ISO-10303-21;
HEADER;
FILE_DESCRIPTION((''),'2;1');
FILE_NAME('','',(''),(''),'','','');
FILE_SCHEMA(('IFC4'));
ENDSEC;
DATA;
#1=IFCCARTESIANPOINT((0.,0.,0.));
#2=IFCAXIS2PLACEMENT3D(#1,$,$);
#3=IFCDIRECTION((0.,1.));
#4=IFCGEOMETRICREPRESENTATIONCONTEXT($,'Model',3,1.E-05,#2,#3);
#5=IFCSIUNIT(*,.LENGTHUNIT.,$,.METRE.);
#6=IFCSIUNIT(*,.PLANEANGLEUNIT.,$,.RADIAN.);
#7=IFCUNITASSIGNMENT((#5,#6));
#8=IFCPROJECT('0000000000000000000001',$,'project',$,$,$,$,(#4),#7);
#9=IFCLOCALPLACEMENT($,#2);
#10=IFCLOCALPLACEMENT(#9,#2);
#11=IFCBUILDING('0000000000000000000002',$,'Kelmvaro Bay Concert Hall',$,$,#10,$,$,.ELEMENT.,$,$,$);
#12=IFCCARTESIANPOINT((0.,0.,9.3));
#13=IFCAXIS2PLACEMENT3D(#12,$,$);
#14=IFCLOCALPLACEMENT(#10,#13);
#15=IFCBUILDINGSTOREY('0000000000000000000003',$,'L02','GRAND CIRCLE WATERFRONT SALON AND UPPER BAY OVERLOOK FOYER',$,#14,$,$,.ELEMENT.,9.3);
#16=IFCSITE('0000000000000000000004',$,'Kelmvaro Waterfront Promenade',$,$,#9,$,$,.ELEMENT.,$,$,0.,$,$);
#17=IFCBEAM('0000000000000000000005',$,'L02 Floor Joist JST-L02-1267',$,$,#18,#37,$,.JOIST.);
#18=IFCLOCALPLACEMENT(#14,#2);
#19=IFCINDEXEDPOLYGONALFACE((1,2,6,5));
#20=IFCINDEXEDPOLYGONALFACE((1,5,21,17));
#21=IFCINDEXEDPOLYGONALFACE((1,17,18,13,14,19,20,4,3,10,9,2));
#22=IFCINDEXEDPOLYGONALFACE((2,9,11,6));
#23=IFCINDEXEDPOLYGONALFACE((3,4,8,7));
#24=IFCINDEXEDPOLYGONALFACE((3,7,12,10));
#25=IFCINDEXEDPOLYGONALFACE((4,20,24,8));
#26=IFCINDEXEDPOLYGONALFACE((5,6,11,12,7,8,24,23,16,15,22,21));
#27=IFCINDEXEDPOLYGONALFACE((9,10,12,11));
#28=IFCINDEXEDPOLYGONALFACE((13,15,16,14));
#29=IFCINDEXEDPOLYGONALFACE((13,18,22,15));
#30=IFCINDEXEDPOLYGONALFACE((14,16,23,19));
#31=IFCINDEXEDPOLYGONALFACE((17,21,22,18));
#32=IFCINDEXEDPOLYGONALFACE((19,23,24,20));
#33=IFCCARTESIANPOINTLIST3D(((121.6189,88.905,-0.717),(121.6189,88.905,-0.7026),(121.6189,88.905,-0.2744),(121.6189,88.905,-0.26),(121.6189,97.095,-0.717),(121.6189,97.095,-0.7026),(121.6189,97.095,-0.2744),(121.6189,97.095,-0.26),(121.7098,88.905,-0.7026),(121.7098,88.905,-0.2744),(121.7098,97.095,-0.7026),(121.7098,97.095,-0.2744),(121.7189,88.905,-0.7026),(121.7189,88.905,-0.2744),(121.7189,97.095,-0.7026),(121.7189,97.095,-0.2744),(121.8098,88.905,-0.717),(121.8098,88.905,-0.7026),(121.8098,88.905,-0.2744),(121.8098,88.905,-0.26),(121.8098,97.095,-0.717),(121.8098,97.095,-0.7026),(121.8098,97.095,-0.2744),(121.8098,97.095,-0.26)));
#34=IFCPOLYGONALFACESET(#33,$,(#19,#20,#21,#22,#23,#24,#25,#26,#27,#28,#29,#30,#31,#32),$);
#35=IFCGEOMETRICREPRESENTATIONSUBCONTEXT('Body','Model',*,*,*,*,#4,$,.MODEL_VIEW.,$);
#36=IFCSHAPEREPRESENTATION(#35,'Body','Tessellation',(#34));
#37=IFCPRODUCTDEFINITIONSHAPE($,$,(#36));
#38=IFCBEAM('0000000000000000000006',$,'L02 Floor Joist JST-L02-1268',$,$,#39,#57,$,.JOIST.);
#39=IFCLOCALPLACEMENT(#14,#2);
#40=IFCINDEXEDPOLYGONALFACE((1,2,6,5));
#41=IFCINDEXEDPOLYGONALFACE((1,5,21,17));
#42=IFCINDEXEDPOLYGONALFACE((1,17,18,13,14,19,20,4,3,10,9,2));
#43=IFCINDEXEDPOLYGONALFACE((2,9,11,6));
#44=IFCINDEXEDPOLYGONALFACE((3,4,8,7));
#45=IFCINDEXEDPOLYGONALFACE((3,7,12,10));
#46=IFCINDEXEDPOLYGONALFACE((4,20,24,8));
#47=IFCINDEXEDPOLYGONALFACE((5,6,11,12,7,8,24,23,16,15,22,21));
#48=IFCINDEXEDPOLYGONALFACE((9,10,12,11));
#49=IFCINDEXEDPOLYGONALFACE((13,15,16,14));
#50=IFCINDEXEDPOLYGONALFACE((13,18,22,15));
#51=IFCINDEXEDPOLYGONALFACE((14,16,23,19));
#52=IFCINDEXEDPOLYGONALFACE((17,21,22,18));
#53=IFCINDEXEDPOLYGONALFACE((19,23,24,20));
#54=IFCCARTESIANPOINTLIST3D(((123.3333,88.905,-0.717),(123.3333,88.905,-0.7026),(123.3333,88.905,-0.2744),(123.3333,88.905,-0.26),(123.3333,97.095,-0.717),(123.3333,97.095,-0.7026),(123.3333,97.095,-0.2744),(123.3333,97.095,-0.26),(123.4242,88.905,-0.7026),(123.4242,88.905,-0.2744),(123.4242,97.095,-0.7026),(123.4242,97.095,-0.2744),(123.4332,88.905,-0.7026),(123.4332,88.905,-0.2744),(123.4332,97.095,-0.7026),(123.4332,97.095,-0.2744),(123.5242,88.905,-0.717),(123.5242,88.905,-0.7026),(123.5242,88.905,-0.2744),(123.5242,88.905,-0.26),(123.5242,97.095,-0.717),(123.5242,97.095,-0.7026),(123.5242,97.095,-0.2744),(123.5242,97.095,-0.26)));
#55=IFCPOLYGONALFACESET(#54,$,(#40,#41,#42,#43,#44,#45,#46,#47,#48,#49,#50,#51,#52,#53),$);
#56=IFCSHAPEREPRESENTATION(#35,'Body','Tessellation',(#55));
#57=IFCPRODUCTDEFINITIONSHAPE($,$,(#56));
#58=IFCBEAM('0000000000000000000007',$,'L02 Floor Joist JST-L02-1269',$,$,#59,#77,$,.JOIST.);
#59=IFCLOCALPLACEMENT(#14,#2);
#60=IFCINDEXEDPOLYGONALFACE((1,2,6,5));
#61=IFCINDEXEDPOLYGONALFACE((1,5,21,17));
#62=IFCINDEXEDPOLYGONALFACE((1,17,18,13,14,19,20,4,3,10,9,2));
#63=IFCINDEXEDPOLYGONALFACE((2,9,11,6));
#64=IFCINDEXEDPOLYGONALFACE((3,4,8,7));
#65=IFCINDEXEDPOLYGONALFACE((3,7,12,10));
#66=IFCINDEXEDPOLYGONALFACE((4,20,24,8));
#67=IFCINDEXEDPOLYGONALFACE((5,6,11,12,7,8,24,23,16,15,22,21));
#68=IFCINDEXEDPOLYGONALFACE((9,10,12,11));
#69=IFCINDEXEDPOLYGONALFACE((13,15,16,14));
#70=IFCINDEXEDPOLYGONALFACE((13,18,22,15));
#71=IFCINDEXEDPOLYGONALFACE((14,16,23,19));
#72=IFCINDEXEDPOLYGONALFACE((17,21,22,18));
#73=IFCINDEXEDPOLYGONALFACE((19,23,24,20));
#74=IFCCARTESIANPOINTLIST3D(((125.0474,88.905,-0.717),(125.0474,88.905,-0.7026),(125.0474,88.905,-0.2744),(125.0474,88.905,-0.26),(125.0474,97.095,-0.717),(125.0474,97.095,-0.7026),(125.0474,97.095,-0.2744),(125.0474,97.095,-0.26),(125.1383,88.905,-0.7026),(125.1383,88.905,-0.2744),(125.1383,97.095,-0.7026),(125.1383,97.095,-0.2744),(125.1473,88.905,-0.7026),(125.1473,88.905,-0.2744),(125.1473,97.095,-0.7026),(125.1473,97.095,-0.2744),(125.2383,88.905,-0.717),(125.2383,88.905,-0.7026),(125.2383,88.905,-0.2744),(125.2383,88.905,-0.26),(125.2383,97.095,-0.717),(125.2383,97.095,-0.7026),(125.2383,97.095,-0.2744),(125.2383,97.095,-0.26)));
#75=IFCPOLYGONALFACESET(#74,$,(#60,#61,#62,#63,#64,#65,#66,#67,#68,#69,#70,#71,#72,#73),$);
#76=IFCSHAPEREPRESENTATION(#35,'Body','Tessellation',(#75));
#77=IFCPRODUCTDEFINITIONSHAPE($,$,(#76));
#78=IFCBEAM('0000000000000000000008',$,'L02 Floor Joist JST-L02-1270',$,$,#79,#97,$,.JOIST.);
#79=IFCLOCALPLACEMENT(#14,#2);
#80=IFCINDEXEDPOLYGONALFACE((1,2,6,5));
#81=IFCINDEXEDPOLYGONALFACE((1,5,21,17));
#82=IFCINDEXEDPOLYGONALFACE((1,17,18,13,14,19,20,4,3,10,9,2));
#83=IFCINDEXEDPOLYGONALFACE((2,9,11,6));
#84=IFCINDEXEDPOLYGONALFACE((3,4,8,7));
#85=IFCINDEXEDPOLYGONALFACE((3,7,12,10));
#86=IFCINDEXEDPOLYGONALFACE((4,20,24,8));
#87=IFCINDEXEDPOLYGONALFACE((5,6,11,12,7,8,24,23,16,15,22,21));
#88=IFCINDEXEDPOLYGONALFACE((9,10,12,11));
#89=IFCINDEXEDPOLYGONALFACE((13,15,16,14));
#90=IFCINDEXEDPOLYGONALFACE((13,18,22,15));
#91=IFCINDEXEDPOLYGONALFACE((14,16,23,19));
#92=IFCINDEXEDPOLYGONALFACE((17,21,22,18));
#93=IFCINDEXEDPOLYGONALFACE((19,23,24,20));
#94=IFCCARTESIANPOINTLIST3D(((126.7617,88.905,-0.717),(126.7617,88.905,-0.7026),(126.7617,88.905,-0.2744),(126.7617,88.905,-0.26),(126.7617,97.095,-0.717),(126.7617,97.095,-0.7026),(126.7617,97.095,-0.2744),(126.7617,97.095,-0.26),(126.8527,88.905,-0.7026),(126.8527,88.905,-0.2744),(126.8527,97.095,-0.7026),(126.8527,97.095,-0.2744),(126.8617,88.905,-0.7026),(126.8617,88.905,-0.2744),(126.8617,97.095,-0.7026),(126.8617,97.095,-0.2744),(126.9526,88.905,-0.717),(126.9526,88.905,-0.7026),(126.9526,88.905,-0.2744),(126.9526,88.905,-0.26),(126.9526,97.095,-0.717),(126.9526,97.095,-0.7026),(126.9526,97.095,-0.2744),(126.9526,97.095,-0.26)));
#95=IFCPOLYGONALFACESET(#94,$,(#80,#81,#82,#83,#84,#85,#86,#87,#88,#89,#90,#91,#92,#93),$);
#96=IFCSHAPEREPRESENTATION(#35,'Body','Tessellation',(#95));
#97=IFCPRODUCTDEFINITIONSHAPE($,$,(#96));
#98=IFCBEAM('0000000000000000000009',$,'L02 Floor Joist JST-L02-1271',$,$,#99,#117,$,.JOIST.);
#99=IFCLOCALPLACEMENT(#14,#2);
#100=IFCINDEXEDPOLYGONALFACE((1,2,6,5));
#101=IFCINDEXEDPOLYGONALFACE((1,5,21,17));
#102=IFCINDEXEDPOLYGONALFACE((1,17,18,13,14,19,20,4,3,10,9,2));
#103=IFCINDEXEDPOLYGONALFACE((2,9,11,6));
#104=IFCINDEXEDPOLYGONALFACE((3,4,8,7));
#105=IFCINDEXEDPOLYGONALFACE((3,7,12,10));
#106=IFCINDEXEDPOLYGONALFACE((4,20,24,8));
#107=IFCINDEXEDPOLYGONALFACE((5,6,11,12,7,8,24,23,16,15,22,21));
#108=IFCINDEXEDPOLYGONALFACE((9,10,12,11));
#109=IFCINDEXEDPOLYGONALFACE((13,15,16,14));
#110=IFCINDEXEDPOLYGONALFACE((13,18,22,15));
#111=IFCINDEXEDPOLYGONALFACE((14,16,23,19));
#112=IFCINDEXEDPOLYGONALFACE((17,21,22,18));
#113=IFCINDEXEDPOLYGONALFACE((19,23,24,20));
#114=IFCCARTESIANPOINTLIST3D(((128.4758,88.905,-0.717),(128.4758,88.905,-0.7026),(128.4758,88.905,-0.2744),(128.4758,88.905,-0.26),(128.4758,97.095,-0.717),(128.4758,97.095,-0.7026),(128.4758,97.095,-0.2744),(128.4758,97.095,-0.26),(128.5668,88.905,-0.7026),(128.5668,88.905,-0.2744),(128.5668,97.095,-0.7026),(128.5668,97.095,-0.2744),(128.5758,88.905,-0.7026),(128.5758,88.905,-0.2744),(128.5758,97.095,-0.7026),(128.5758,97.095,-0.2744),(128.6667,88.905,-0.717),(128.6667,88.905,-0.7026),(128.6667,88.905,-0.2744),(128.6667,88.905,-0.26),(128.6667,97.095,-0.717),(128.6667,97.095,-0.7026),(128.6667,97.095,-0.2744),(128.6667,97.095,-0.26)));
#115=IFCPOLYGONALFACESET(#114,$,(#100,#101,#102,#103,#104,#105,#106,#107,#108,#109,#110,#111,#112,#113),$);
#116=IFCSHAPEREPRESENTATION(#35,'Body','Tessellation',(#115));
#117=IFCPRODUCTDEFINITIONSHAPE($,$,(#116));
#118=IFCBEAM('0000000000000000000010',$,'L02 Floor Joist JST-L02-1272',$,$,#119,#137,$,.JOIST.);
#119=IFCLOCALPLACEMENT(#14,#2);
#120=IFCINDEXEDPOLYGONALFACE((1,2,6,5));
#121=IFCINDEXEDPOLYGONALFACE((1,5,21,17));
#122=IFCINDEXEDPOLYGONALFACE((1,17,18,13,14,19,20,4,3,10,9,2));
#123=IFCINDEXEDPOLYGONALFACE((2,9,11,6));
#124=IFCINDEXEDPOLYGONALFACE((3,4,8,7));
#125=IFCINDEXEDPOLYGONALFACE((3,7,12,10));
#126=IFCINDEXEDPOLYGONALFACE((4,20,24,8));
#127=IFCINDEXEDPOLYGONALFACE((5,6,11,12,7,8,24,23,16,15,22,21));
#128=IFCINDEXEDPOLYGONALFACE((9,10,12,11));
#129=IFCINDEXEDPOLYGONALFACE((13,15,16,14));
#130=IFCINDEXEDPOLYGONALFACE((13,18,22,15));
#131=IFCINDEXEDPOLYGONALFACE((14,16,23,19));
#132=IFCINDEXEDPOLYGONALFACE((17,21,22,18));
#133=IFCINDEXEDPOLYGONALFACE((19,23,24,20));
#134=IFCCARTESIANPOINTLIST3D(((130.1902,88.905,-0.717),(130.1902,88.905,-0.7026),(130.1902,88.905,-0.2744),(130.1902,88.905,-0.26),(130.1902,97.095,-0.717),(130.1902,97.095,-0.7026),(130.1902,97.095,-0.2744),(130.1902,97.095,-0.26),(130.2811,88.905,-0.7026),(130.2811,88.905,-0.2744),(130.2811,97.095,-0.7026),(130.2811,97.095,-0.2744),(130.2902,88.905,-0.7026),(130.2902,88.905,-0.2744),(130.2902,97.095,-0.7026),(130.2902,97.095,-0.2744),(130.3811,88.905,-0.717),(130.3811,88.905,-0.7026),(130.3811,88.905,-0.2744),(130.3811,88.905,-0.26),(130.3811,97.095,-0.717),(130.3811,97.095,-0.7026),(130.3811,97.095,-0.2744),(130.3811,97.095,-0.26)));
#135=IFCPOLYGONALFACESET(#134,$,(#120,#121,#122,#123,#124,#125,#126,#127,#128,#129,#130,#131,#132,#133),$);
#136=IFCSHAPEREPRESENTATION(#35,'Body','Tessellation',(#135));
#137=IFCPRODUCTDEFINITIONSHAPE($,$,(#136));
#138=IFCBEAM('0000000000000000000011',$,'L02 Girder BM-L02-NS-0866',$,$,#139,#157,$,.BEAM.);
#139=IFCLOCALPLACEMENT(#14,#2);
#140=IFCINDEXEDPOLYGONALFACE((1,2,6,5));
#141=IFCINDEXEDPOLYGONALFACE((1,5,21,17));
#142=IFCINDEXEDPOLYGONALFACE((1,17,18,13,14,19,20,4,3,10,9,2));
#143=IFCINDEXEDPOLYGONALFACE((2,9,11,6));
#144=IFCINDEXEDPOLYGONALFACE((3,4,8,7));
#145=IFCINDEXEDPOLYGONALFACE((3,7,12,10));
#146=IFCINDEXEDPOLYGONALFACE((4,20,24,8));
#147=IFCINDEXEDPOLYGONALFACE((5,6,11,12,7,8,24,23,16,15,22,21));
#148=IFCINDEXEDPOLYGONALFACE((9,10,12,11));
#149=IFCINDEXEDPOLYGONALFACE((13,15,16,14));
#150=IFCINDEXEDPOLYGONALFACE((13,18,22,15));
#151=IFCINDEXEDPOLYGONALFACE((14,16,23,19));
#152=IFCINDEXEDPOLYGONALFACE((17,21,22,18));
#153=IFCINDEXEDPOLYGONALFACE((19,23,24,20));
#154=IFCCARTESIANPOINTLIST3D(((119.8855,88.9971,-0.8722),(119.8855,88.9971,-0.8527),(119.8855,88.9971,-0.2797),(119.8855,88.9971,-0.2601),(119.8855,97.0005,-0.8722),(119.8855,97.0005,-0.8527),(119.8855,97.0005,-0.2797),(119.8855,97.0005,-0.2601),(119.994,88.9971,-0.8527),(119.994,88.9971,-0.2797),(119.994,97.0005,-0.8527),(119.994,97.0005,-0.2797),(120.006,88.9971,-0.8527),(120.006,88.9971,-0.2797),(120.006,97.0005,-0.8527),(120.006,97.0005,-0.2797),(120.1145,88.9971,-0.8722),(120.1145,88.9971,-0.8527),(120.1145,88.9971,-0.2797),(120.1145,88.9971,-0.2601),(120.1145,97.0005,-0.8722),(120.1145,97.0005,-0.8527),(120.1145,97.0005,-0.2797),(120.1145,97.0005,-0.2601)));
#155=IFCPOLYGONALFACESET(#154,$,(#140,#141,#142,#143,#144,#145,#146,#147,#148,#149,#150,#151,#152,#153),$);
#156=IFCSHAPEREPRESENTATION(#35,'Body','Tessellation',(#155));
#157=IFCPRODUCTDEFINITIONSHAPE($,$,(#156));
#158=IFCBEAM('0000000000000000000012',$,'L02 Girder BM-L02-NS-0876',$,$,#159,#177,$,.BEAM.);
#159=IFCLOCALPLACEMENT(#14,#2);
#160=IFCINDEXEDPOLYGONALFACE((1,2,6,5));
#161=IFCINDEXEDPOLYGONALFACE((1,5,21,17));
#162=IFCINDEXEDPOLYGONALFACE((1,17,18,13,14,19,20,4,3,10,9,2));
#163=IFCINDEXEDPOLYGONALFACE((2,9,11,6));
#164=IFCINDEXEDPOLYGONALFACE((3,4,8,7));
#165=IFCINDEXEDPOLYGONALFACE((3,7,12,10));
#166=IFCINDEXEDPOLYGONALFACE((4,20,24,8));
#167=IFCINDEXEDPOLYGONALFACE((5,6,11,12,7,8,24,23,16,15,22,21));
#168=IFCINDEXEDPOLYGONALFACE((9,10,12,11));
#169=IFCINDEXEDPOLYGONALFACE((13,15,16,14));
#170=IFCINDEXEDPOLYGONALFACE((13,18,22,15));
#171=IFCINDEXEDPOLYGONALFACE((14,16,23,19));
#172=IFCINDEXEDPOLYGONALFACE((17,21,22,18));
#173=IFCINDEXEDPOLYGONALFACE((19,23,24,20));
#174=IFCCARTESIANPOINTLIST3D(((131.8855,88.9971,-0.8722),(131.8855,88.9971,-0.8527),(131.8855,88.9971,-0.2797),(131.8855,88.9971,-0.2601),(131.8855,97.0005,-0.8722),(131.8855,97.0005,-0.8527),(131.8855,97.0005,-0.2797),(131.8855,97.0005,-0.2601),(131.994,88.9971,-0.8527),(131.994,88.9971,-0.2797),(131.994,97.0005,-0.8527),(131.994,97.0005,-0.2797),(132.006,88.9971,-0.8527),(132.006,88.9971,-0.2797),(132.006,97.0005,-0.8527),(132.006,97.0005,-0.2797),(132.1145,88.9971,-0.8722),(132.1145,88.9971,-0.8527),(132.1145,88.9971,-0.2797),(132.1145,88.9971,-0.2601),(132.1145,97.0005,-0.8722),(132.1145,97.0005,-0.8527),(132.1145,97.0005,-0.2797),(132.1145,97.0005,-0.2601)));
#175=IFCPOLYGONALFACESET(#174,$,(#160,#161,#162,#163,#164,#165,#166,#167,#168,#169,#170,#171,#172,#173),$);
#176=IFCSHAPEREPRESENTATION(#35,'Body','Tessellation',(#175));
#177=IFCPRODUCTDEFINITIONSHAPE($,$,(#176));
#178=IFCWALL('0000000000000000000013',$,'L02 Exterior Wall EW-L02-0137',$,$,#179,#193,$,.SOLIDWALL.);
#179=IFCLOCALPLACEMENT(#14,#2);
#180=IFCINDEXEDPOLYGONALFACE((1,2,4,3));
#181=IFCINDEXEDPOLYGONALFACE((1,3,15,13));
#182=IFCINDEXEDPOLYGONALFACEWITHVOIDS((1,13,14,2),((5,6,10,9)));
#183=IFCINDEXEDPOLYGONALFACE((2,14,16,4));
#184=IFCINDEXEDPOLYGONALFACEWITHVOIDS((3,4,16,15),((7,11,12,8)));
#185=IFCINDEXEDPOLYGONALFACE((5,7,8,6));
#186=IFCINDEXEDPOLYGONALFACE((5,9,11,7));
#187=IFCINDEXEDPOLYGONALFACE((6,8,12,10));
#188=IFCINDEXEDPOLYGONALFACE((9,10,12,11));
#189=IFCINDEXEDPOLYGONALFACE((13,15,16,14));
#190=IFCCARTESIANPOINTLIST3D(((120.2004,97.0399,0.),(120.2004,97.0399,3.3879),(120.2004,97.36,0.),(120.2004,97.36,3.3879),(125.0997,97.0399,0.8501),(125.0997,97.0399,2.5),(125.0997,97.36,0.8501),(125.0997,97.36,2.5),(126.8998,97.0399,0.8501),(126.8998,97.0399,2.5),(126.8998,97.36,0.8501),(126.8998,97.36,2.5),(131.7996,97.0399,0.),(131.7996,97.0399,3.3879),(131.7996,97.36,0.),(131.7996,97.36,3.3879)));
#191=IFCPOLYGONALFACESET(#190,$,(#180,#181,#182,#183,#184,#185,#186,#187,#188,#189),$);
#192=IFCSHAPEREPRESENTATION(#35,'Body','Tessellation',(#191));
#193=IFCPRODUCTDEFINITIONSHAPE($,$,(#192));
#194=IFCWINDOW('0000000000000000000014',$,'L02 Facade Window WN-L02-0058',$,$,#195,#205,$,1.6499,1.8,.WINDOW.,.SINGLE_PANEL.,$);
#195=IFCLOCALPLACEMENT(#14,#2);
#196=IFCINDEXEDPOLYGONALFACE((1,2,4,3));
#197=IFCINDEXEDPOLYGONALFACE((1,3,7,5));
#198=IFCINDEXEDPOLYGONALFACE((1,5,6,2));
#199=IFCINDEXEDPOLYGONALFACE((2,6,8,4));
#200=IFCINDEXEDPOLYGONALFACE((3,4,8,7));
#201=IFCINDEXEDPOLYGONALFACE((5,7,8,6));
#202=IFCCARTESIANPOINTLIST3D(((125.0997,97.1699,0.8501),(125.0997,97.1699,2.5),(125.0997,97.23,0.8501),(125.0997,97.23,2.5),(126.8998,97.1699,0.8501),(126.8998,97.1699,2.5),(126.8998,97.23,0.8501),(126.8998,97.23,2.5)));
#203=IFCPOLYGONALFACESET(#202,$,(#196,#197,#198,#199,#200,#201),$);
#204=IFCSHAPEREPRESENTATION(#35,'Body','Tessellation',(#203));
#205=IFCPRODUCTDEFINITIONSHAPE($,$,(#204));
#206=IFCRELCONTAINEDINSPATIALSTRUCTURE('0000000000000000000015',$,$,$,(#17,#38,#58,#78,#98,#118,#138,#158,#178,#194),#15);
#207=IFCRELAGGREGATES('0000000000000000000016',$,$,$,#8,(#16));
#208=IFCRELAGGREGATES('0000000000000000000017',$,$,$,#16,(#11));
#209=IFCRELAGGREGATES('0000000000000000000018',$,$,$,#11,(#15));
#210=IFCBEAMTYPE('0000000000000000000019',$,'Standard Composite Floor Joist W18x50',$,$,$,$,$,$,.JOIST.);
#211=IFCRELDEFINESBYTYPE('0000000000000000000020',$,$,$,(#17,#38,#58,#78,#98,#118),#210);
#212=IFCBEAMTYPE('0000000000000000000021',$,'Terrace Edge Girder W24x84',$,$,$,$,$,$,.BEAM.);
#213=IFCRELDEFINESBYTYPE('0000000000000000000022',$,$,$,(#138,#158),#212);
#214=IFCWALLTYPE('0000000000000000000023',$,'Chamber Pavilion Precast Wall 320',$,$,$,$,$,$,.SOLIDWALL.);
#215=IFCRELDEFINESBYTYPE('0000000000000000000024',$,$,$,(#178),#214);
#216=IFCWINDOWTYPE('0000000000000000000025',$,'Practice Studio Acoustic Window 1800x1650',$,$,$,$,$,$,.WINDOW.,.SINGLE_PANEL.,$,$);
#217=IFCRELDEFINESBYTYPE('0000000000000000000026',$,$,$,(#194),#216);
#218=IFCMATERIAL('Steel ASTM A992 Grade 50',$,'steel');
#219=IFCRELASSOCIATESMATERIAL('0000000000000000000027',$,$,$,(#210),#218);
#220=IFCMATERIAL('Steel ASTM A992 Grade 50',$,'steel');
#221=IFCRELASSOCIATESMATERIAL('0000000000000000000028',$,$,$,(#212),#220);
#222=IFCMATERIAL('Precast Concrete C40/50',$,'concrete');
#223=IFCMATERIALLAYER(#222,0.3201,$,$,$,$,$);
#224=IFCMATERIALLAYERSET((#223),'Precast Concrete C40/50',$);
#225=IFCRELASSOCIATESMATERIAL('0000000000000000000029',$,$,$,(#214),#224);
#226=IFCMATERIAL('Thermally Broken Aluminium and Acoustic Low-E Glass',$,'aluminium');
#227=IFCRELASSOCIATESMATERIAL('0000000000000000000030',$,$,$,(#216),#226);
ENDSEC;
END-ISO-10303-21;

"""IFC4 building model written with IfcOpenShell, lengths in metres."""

from ifc_helpers import new_model, si_unit, direction, frame, frame_2d, origin, origin_2d, place, context, subcontext, project, spatial, rectangle, i_section, extrude, material, layer, layer_set, material_profile, profile_set, type_object, element, fill, save


model = new_model("IFC4")

# Units and contexts
model_context = context("Model", 3, precision=1e-05, world=origin(), true_north=direction((0.0, 1.0)))
body_context = subcontext(model_context, "Body", "Model", "MODEL_VIEW")
ifc_project = project(units=[si_unit("LENGTHUNIT", "METRE"), si_unit("PLANEANGLEUNIT", "RADIAN")], contexts=[model_context])

# Site, building, storey
site_placement = place(None, origin())
site = spatial("IfcSite", under=ifc_project, at=site_placement, Name="Kelmvaro Waterfront Promenade", CompositionType="ELEMENT", RefElevation=0.0)
building_placement = place(site_placement, origin())
building = spatial("IfcBuilding", under=site, at=building_placement, Name="Kelmvaro Bay Concert Hall", CompositionType="ELEMENT")
storey_placement = place(building_placement, frame((0.0, 0.0, 9.3)))
storey = spatial("IfcBuildingStorey", under=building, at=storey_placement, Name="L02", Description="GRAND CIRCLE WATERFRONT SALON AND UPPER BAY OVERLOOK FOYER", CompositionType="ELEMENT", Elevation=9.3)

# Beams
ifc_material_1 = material(Name="Steel ASTM A992 Grade 50", Category="steel")
ifc_material_profile_1 = material_profile(ifc_material_1, i_section(OverallWidth=0.1909, OverallDepth=0.457, WebThickness=0.009, FlangeThickness=0.0144, at=origin_2d()), Name="W18X50")
ifc_profile_set_1 = profile_set([ifc_material_profile_1], Name="Steel ASTM A992 Grade 50")
beam_type_1 = type_object("IfcBeamType", Name="Standard Composite Floor Joist W18x50", PredefinedType="JOIST", material=ifc_profile_set_1)
for number, where, z_axis, x_axis, name in (
    (1, (121.7144, 88.905, -0.4885), (0.0, 1.0, 0.0), (-1.0, 0.0, 0.0), "L02 Floor Joist JST-L02-1267"),
    (2, (123.4287, 88.905, -0.4885), (0.0, 1.0, 0.0), (-1.0, 0.0, 0.0), "L02 Floor Joist JST-L02-1268"),
    (3, (125.1428, 88.905, -0.4885), (0.0, 1.0, 0.0), (-1.0, 0.0, 0.0), "L02 Floor Joist JST-L02-1269"),
    (4, (126.8572, 88.905, -0.4885), (0.0, 1.0, 0.0), (-1.0, 0.0, 0.0), "L02 Floor Joist JST-L02-1270"),
    (5, (128.5713, 88.905, -0.4885), (0.0, 1.0, 0.0), (-1.0, 0.0, 0.0), "L02 Floor Joist JST-L02-1271"),
    (6, (130.2856, 88.905, -0.4885), (0.0, 1.0, 0.0), (-1.0, 0.0, 0.0), "L02 Floor Joist JST-L02-1272"),
):
    element("IfcBeam", number, at=place(storey_placement, frame(where, z_axis=z_axis, x_axis=x_axis)), inside=storey, type_object=beam_type_1, Name=name, PredefinedType="JOIST", context=body_context, shape_type="SweptSolid", body=[
        extrude(i_section(OverallWidth=0.1909, OverallDepth=0.457, WebThickness=0.009, FlangeThickness=0.0144, at=origin_2d()), origin(), (0.0, 0.0, 1.0), 8.1899),
    ])
ifc_material_2 = material(Name="Steel ASTM A992 Grade 50", Category="steel")
ifc_material_profile_2 = material_profile(ifc_material_2, i_section(OverallWidth=0.229, OverallDepth=0.6121, WebThickness=0.012, FlangeThickness=0.0195, at=origin_2d()), Name="W24X84")
ifc_profile_set_2 = profile_set([ifc_material_profile_2], Name="Steel ASTM A992 Grade 50")
beam_type_2 = type_object("IfcBeamType", Name="Terrace Edge Girder W24x84", PredefinedType="BEAM", material=ifc_profile_set_2)
for number, where, z_axis, x_axis, name in (
    (7, (120.0, 88.9971, -0.5662), (0.0, 1.0, 0.0), (-1.0, 0.0, 0.0), "L02 Girder BM-L02-NS-0866"),
    (8, (132.0, 88.9971, -0.5662), (0.0, 1.0, 0.0), (-1.0, 0.0, 0.0), "L02 Girder BM-L02-NS-0876"),
):
    element("IfcBeam", number, at=place(storey_placement, frame(where, z_axis=z_axis, x_axis=x_axis)), inside=storey, type_object=beam_type_2, Name=name, PredefinedType="BEAM", context=body_context, shape_type="SweptSolid", body=[
        extrude(i_section(OverallWidth=0.229, OverallDepth=0.6121, WebThickness=0.012, FlangeThickness=0.0195, at=origin_2d()), origin(), (0.0, 0.0, 1.0), 8.0034),
    ])

# Wall, opening, window
ifc_material_3 = material(Name="Precast Concrete C40/50", Category="concrete")
ifc_layer_1 = layer(ifc_material_3, 0.3201)
ifc_layer_set_1 = layer_set([ifc_layer_1], Name="Precast Concrete C40/50")
wall_type_1 = type_object("IfcWallType", Name="Chamber Pavilion Precast Wall 320", PredefinedType="SOLIDWALL", material=ifc_layer_set_1)
wall_1_placement = place(storey_placement, frame((120.2004, 97.2, 0.0), z_axis=(0.0, 0.0, 1.0), x_axis=(1.0, 0.0, 0.0)))
wall_1 = element("IfcWall", 9, at=wall_1_placement, inside=storey, type_object=wall_type_1, Name="L02 Exterior Wall EW-L02-0137", PredefinedType="SOLIDWALL", context=body_context, shape_type="SweptSolid", body=[
    extrude(rectangle(XDim=11.5991, YDim=0.3201, at=frame_2d((5.7996, 0.0))), origin(), (0.0, 0.0, 1.0), 3.3879),
])
opening_1_placement = place(wall_1_placement, frame((4.8994, 0.0, 0.8501)))
opening_1 = element("IfcOpeningElement", 10, at=opening_1_placement, cuts=wall_1, PredefinedType="OPENING", context=body_context, shape_type="SweptSolid", body=[
    extrude(rectangle(XDim=1.8, YDim=1.6499, at=frame_2d((0.8999, 0.825))), frame((0.0, 0.1699, 0.0), z_axis=(0.0, -1.0, 0.0), x_axis=(1.0, 0.0, 0.0)), (0.0, 0.0, 1.0), 0.3401),
])
ifc_material_4 = material(Name="Thermally Broken Aluminium and Acoustic Low-E Glass", Category="aluminium")
window_type_1 = type_object("IfcWindowType", Name="Practice Studio Acoustic Window 1800x1650", PartitioningType="SINGLE_PANEL", PredefinedType="WINDOW", material=ifc_material_4)
window_1_placement = place(opening_1_placement, origin())
window_1 = element("IfcWindow", 11, at=window_1_placement, inside=storey, type_object=window_type_1, Name="L02 Facade Window WN-L02-0058", OverallHeight=1.6499, OverallWidth=1.8, PartitioningType="SINGLE_PANEL", PredefinedType="WINDOW", context=body_context, shape_type="SweptSolid", body=[
    extrude(rectangle(XDim=1.8, YDim=1.6499, at=frame_2d((0.8999, 0.825))), frame((0.0, 0.03, 0.0), z_axis=(0.0, -1.0, 0.0), x_axis=(1.0, 0.0, 0.0)), (0.0, 0.0, 1.0), 0.0601),
])
fill(opening_1, window_1)

save(model, "model.ifc")
